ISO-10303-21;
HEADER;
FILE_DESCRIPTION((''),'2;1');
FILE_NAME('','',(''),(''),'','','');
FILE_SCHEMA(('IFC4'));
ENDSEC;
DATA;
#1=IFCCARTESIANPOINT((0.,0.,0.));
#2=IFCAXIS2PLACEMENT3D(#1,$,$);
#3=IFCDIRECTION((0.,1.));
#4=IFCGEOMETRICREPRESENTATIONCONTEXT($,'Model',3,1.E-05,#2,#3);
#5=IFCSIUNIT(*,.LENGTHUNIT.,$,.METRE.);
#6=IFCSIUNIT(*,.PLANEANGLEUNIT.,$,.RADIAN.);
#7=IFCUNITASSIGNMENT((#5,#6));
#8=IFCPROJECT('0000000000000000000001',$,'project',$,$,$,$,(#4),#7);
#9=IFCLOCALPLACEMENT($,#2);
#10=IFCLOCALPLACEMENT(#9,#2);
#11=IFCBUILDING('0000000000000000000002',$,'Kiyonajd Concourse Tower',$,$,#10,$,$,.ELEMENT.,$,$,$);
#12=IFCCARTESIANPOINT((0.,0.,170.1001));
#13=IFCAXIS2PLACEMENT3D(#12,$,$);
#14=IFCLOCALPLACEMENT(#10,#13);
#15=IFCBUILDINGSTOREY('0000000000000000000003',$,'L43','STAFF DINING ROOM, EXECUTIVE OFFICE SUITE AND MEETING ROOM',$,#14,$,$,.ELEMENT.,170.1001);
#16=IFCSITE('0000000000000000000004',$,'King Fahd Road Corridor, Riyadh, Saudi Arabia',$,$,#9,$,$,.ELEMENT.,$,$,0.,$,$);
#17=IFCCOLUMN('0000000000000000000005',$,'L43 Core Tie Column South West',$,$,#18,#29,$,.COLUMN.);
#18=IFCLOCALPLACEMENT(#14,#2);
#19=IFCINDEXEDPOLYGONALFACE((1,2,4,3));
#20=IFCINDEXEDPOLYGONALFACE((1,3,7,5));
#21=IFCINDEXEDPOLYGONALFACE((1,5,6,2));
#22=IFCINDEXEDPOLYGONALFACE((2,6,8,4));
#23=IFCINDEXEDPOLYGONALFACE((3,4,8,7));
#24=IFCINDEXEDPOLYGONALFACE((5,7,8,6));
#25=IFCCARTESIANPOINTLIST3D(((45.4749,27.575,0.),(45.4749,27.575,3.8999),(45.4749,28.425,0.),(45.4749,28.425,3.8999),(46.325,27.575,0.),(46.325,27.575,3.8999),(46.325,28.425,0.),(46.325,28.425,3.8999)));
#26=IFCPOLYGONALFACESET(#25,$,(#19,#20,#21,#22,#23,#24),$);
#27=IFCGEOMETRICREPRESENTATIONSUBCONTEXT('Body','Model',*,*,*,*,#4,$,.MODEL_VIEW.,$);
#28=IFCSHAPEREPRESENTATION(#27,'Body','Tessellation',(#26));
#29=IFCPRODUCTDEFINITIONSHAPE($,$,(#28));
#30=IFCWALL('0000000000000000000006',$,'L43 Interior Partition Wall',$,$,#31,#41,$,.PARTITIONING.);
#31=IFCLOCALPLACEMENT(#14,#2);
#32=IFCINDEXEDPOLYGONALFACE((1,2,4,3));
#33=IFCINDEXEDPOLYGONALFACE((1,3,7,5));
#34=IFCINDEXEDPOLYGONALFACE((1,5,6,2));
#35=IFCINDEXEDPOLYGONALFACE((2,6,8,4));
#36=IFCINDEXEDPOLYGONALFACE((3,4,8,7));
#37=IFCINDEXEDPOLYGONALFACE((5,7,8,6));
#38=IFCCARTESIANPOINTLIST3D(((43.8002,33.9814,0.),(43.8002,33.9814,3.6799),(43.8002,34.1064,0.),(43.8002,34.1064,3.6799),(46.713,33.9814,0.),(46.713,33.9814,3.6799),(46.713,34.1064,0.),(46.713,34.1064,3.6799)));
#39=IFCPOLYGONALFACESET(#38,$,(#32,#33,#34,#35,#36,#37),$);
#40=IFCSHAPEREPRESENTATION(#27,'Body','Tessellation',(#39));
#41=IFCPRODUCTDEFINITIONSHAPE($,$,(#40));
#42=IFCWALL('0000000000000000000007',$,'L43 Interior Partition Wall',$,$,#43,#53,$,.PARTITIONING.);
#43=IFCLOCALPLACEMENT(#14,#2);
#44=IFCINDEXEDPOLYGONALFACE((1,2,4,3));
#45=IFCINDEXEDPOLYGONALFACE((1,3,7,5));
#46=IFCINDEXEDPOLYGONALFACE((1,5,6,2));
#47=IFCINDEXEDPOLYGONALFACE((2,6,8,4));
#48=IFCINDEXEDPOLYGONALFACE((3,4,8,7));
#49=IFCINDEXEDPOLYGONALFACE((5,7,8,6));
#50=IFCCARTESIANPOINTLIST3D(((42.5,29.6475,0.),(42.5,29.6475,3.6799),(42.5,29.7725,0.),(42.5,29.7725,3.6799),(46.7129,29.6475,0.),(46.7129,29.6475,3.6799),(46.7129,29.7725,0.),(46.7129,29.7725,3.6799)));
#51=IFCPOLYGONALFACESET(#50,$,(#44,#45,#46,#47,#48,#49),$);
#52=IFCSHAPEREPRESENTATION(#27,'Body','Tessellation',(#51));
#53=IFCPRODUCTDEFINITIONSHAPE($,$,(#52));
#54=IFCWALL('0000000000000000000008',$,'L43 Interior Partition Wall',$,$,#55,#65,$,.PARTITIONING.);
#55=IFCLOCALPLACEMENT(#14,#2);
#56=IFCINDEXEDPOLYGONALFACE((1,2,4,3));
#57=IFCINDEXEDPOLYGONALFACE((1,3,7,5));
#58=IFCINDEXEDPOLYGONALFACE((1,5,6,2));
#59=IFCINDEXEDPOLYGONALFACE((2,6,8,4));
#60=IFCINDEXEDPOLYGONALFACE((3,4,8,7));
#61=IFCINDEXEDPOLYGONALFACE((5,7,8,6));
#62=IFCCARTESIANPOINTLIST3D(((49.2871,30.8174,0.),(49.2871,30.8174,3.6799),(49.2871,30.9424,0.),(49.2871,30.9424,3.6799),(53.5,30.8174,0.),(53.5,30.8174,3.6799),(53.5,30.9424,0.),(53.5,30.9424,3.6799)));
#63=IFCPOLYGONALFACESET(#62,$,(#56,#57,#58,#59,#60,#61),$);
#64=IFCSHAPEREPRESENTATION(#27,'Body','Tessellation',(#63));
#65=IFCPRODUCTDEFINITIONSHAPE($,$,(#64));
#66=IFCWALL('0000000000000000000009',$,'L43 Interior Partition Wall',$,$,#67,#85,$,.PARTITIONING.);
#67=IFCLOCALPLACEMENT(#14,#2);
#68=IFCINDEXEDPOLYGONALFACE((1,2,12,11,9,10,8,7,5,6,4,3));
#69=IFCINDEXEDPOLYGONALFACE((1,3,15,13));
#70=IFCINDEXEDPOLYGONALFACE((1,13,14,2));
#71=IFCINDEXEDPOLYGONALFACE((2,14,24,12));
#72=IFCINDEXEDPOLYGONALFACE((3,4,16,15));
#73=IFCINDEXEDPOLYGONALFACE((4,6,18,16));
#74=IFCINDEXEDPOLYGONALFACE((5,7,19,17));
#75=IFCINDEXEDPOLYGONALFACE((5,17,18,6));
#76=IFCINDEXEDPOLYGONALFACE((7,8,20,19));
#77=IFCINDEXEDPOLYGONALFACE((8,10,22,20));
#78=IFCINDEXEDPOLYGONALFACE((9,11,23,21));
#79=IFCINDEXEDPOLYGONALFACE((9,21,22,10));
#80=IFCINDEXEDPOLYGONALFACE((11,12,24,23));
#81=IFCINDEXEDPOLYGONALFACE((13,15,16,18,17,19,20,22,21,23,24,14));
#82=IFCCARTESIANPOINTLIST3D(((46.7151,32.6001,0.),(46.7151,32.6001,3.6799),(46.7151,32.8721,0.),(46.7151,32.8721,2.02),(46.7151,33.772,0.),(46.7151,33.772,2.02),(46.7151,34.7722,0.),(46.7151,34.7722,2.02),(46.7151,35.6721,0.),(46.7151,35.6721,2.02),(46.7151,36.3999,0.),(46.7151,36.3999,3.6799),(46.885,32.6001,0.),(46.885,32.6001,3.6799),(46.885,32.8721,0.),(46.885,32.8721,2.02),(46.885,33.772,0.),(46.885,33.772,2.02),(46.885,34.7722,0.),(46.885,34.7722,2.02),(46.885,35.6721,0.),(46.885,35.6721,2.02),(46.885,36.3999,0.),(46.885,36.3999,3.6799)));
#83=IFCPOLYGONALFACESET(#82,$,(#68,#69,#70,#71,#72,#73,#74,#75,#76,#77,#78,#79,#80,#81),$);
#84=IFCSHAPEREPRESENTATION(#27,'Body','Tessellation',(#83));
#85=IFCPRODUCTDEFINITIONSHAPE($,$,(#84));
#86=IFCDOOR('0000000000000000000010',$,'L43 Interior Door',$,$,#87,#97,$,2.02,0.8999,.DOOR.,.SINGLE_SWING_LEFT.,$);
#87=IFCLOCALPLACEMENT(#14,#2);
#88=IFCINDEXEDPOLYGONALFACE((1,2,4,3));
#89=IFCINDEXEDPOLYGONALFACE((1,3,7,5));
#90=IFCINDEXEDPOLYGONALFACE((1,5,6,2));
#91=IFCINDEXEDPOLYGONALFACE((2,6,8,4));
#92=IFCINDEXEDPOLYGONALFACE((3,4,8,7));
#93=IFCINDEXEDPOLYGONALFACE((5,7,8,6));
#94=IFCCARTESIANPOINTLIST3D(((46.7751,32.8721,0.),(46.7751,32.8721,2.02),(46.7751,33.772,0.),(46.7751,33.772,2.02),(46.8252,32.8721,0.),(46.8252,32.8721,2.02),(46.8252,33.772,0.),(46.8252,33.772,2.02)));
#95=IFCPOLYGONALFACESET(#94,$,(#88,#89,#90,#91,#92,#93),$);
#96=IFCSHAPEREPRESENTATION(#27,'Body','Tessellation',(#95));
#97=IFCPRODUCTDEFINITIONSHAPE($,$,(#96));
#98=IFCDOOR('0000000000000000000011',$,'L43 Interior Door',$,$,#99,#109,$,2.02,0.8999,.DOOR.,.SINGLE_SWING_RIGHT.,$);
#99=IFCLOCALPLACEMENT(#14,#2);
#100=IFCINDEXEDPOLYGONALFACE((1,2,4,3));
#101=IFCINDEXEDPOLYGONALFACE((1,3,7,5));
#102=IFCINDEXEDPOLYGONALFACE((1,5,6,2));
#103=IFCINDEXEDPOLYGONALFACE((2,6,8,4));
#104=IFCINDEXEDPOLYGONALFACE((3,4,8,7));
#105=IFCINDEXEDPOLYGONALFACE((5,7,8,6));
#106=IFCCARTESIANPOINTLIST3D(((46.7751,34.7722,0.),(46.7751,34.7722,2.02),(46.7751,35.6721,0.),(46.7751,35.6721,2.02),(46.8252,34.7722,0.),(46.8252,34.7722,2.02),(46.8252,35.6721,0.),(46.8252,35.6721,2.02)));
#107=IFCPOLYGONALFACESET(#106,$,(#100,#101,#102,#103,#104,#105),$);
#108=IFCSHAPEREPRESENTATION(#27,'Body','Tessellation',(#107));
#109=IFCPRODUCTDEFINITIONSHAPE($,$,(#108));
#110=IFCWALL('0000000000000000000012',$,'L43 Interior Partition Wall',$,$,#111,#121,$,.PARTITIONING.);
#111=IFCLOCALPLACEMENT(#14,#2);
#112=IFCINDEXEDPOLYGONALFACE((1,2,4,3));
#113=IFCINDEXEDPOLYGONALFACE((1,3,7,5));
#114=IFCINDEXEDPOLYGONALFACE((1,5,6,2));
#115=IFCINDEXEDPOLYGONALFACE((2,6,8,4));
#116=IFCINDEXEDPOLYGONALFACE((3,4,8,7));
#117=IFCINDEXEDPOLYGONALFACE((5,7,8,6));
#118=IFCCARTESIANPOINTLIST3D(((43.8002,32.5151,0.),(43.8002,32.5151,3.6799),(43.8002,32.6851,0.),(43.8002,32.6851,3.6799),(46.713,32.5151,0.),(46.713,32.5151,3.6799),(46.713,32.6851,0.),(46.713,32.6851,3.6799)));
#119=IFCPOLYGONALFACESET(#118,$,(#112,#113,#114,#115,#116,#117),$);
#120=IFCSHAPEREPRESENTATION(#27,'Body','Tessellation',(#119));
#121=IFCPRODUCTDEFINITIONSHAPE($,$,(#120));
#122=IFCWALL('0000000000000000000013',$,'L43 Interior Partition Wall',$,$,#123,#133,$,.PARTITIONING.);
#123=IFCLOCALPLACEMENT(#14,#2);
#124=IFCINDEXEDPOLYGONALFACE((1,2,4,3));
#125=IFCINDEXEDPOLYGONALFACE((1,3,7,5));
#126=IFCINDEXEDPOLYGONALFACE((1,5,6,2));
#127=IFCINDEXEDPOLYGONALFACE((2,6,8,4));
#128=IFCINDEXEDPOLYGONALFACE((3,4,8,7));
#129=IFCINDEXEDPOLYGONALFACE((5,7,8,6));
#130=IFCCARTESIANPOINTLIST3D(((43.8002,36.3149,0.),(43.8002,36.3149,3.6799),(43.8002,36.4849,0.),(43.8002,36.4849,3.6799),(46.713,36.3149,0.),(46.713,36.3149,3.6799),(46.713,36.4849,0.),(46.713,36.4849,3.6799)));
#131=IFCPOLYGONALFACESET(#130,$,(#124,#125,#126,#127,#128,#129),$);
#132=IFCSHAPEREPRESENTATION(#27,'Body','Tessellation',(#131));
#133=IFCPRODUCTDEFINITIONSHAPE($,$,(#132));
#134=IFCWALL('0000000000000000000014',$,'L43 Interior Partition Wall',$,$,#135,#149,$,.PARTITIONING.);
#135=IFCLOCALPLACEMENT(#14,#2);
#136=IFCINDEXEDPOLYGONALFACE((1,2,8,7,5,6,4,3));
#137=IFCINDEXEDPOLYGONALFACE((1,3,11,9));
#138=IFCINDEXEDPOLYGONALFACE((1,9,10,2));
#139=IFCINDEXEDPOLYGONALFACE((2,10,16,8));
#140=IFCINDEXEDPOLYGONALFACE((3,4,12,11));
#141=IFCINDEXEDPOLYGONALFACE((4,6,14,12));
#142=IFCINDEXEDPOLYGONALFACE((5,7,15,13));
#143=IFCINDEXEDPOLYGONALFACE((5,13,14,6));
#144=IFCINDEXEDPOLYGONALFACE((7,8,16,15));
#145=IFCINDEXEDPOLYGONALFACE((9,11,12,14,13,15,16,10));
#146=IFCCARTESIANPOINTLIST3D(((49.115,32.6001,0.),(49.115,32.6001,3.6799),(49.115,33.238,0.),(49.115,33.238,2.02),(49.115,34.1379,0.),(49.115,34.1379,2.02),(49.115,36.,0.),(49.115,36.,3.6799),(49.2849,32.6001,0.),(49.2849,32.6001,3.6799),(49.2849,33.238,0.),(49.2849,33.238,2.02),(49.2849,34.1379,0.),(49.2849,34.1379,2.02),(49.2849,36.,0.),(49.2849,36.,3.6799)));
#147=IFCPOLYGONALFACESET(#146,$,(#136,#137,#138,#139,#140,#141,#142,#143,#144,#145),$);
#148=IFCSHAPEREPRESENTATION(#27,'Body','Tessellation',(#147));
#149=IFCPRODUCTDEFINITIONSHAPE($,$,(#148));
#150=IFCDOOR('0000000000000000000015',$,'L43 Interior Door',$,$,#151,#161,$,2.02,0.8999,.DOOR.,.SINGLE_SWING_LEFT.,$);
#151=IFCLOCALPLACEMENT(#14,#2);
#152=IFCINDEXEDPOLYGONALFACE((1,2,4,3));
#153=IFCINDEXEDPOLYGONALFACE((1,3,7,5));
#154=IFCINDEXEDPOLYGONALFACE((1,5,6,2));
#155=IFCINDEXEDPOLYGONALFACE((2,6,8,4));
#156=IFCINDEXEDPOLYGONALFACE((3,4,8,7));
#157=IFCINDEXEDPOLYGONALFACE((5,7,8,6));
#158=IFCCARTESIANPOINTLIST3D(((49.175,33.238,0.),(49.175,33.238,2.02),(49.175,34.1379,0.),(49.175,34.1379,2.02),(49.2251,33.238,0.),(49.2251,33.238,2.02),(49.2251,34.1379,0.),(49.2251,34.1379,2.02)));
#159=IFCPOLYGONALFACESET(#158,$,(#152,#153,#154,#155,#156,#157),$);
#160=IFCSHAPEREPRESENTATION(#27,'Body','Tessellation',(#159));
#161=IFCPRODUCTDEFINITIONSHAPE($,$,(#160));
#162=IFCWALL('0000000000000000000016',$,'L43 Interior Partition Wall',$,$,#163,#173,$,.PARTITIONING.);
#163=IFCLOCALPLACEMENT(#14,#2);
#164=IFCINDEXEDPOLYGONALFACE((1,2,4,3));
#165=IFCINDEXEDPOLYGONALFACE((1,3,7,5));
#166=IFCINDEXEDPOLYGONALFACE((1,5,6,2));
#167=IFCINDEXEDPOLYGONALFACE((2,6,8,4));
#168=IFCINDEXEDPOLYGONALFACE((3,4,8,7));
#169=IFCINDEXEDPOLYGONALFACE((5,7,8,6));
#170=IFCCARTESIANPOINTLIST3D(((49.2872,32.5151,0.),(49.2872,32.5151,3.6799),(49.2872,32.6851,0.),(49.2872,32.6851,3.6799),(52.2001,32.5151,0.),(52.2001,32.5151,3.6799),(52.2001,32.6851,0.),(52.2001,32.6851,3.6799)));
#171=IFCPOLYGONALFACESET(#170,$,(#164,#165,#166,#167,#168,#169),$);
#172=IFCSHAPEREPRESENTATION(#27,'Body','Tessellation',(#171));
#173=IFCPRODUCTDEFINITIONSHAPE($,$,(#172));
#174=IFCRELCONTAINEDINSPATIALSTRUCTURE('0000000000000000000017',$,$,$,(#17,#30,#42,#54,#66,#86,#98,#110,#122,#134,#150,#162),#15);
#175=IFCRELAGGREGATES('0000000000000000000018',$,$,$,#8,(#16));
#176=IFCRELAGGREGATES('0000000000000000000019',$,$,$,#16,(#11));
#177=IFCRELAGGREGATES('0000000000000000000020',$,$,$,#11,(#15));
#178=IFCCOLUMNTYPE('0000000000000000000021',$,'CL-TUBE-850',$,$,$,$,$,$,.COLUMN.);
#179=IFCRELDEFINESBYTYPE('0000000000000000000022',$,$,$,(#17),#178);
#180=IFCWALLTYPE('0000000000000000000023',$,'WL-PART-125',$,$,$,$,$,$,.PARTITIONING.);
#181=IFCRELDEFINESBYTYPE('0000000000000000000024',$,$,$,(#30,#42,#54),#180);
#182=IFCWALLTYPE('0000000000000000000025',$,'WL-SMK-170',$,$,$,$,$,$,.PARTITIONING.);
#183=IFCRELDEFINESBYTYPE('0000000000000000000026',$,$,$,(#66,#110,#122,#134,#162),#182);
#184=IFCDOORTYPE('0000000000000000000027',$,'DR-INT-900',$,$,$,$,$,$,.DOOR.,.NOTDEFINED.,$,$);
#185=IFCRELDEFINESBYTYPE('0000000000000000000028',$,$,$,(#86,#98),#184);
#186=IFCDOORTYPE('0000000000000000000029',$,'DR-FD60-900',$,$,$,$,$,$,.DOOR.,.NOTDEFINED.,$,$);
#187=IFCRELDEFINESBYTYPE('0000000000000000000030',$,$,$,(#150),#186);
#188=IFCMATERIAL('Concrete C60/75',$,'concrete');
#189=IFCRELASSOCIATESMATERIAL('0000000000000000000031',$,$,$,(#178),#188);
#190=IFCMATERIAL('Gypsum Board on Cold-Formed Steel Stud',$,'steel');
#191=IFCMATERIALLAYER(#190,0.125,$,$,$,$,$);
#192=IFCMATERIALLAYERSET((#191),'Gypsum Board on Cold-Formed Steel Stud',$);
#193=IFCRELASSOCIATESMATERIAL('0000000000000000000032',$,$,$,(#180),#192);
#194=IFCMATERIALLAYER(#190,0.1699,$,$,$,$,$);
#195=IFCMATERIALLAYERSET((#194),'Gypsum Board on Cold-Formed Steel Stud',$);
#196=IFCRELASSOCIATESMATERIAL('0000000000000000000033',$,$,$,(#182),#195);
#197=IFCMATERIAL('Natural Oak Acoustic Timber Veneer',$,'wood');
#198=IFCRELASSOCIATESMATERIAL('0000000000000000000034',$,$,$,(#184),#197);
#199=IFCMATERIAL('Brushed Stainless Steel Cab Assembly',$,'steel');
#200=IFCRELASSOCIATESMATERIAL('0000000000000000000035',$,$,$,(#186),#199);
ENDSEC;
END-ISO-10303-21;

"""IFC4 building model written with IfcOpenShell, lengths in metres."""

from ifc_helpers import new_model, si_unit, direction, frame, frame_2d, origin, origin_2d, place, context, subcontext, project, spatial, rectangle, extrude, material, layer, layer_set, material_profile, profile_set, type_object, element, fill, save


model = new_model("IFC4")

# Units and contexts
model_context = context("Model", 3, precision=1e-05, world=origin(), true_north=direction((0.0, 1.0)))
body_context = subcontext(model_context, "Body", "Model", "MODEL_VIEW")
ifc_project = project(units=[si_unit("LENGTHUNIT", "METRE"), si_unit("PLANEANGLEUNIT", "RADIAN")], contexts=[model_context])

# Site, building, storey
site_placement = place(None, origin())
site = spatial("IfcSite", under=ifc_project, at=site_placement, Name="King Fahd Road Corridor, Riyadh, Saudi Arabia", CompositionType="ELEMENT", RefElevation=0.0)
building_placement = place(site_placement, origin())
building = spatial("IfcBuilding", under=site, at=building_placement, Name="Kiyonajd Concourse Tower", CompositionType="ELEMENT")
storey_placement = place(building_placement, frame((0.0, 0.0, 170.1001)))
storey = spatial("IfcBuildingStorey", under=building, at=storey_placement, Name="L43", Description="STAFF DINING ROOM, EXECUTIVE OFFICE SUITE AND MEETING ROOM", CompositionType="ELEMENT", Elevation=170.1001)

# Column
ifc_material_1 = material(Name="Concrete C60/75", Category="concrete")
ifc_material_profile = material_profile(ifc_material_1, rectangle(XDim=0.8501, YDim=0.8501, at=origin_2d()), Name="RC-850x850")
ifc_profile_set = profile_set([ifc_material_profile], Name="Concrete C60/75")
column_type = type_object("IfcColumnType", Name="CL-TUBE-850", PredefinedType="COLUMN", material=ifc_profile_set)
column_placement = place(storey_placement, frame((45.8999, 28.0, 0.0), z_axis=(0.0, 0.0, 1.0), x_axis=(1.0, 0.0, 0.0)))
element("IfcColumn", 1, at=column_placement, inside=storey, type_object=column_type, Name="L43 Core Tie Column South West", PredefinedType="COLUMN", context=body_context, shape_type="SweptSolid", body=[
    extrude(rectangle(XDim=0.8501, YDim=0.8501, at=origin_2d()), origin(), (0.0, 0.0, 1.0), 3.8999),
])

# Walls
ifc_material_2 = material(Name="Gypsum Board on Cold-Formed Steel Stud", Category="steel")
ifc_layer_1 = layer(ifc_material_2, 0.125)
ifc_layer_set_1 = layer_set([ifc_layer_1], Name="Gypsum Board on Cold-Formed Steel Stud")
wall_type_1 = type_object("IfcWallType", Name="WL-PART-125", PredefinedType="PARTITIONING", material=ifc_layer_set_1)
wall_1_placement = place(storey_placement, frame((43.8, 34.0439, 0.0), z_axis=(0.0, 0.0, 1.0), x_axis=(1.0, 0.0, 0.0)))
element("IfcWall", 2, at=wall_1_placement, inside=storey, type_object=wall_type_1, Name="L43 Interior Partition Wall", PredefinedType="PARTITIONING", context=body_context, shape_type="SweptSolid", body=[
    extrude(rectangle(XDim=2.9128, YDim=0.125, at=frame_2d((1.4565, 0.0))), origin(), (0.0, 0.0, 1.0), 3.6799),
])
for number, where, z_axis, x_axis, name in (
    (3, (42.5, 29.71, 0.0), (0.0, 0.0, 1.0), (1.0, 0.0, 0.0), "L43 Interior Partition Wall"),
    (4, (49.2871, 30.8799, 0.0), (0.0, 0.0, 1.0), (1.0, 0.0, 0.0), "L43 Interior Partition Wall"),
):
    element("IfcWall", number, at=place(storey_placement, frame(where, z_axis=z_axis, x_axis=x_axis)), inside=storey, type_object=wall_type_1, Name=name, PredefinedType="PARTITIONING", context=body_context, shape_type="SweptSolid", body=[
        extrude(rectangle(XDim=4.2129, YDim=0.125, at=frame_2d((2.1064, 0.0))), origin(), (0.0, 0.0, 1.0), 3.6799),
    ])

# Wall, openings, doors
ifc_layer_2 = layer(ifc_material_2, 0.1699)
ifc_layer_set_2 = layer_set([ifc_layer_2], Name="Gypsum Board on Cold-Formed Steel Stud")
wall_type_2 = type_object("IfcWallType", Name="WL-SMK-170", PredefinedType="PARTITIONING", material=ifc_layer_set_2)
wall_2_placement = place(storey_placement, frame((46.8, 32.6001, 0.0), z_axis=(0.0, 0.0, 1.0), x_axis=(0.0, 1.0, 0.0)))
wall_2 = element("IfcWall", 5, at=wall_2_placement, inside=storey, type_object=wall_type_2, Name="L43 Interior Partition Wall", PredefinedType="PARTITIONING", context=body_context, shape_type="SweptSolid", body=[
    extrude(rectangle(XDim=3.7998, YDim=0.1699, at=frame_2d((1.8999, 0.0))), origin(), (0.0, 0.0, 1.0), 3.6799),
])
opening_1_placement = place(wall_2_placement, frame((0.272, 0.0, 0.0)))
opening_1 = element("IfcOpeningElement", 6, at=opening_1_placement, cuts=wall_2, PredefinedType="OPENING", context=body_context, shape_type="SweptSolid", body=[
    extrude(rectangle(XDim=0.8999, YDim=2.02, at=frame_2d((0.45, 1.01))), frame((0.0, 0.095, 0.0), z_axis=(0.0, -1.0, 0.0), x_axis=(1.0, 0.0, 0.0)), (0.0, 0.0, 1.0), 0.1899),
])
opening_2_placement = place(wall_2_placement, frame((2.1721, 0.0, 0.0)))
opening_2 = element("IfcOpeningElement", 7, at=opening_2_placement, cuts=wall_2, PredefinedType="OPENING", context=body_context, shape_type="SweptSolid", body=[
    extrude(rectangle(XDim=0.8999, YDim=2.02, at=frame_2d((0.45, 1.01))), frame((0.0, 0.095, 0.0), z_axis=(0.0, -1.0, 0.0), x_axis=(1.0, 0.0, 0.0)), (0.0, 0.0, 1.0), 0.1899),
])
ifc_material_3 = material(Name="Natural Oak Acoustic Timber Veneer", Category="wood")
door_type_1 = type_object("IfcDoorType", Name="DR-INT-900", OperationType="NOTDEFINED", PredefinedType="DOOR", material=ifc_material_3)
door_1_placement = place(opening_1_placement, origin())
door_1 = element("IfcDoor", 8, at=door_1_placement, inside=storey, type_object=door_type_1, Name="L43 Interior Door", OperationType="SINGLE_SWING_LEFT", OverallHeight=2.02, OverallWidth=0.8999, PredefinedType="DOOR", context=body_context, shape_type="SweptSolid", body=[
    extrude(rectangle(XDim=0.8999, YDim=2.02, at=frame_2d((0.45, 1.01))), frame((0.0, 0.0249, 0.0), z_axis=(0.0, -1.0, 0.0), x_axis=(1.0, 0.0, 0.0)), (0.0, 0.0, 1.0), 0.05),
])
fill(opening_1, door_1)
door_2_placement = place(opening_2_placement, origin())
door_2 = element("IfcDoor", 9, at=door_2_placement, inside=storey, type_object=door_type_1, Name="L43 Interior Door", OperationType="SINGLE_SWING_RIGHT", OverallHeight=2.02, OverallWidth=0.8999, PredefinedType="DOOR", context=body_context, shape_type="SweptSolid", body=[
    extrude(rectangle(XDim=0.8999, YDim=2.02, at=frame_2d((0.45, 1.01))), frame((0.0, 0.0249, 0.0), z_axis=(0.0, -1.0, 0.0), x_axis=(1.0, 0.0, 0.0)), (0.0, 0.0, 1.0), 0.05),
])
fill(opening_2, door_2)

# Walls
for number, where, z_axis, x_axis, name in (
    (10, (43.8, 32.6001, 0.0), (0.0, 0.0, 1.0), (1.0, 0.0, 0.0), "L43 Interior Partition Wall"),
    (11, (43.8, 36.3999, 0.0), (0.0, 0.0, 1.0), (1.0, 0.0, 0.0), "L43 Interior Partition Wall"),
):
    element("IfcWall", number, at=place(storey_placement, frame(where, z_axis=z_axis, x_axis=x_axis)), inside=storey, type_object=wall_type_2, Name=name, PredefinedType="PARTITIONING", context=body_context, shape_type="SweptSolid", body=[
        extrude(rectangle(XDim=2.9128, YDim=0.1699, at=frame_2d((1.4565, 0.0))), origin(), (0.0, 0.0, 1.0), 3.6799),
    ])

# Wall, opening, door
wall_3_placement = place(storey_placement, frame((49.2, 32.6001, 0.0), z_axis=(0.0, 0.0, 1.0), x_axis=(0.0, 1.0, 0.0)))
wall_3 = element("IfcWall", 12, at=wall_3_placement, inside=storey, type_object=wall_type_2, Name="L43 Interior Partition Wall", PredefinedType="PARTITIONING", context=body_context, shape_type="SweptSolid", body=[
    extrude(rectangle(XDim=3.3999, YDim=0.1699, at=frame_2d((1.7, 0.0))), origin(), (0.0, 0.0, 1.0), 3.6799),
])
opening_3_placement = place(wall_3_placement, frame((0.6379, 0.0, 0.0)))
opening_3 = element("IfcOpeningElement", 13, at=opening_3_placement, cuts=wall_3, PredefinedType="OPENING", context=body_context, shape_type="SweptSolid", body=[
    extrude(rectangle(XDim=0.8999, YDim=2.02, at=frame_2d((0.45, 1.01))), frame((0.0, 0.095, 0.0), z_axis=(0.0, -1.0, 0.0), x_axis=(1.0, 0.0, 0.0)), (0.0, 0.0, 1.0), 0.1899),
])
ifc_material_4 = material(Name="Brushed Stainless Steel Cab Assembly", Category="steel")
door_type_2 = type_object("IfcDoorType", Name="DR-FD60-900", OperationType="NOTDEFINED", PredefinedType="DOOR", material=ifc_material_4)
door_3_placement = place(opening_3_placement, origin())
door_3 = element("IfcDoor", 14, at=door_3_placement, inside=storey, type_object=door_type_2, Name="L43 Interior Door", OperationType="SINGLE_SWING_LEFT", OverallHeight=2.02, OverallWidth=0.8999, PredefinedType="DOOR", context=body_context, shape_type="SweptSolid", body=[
    extrude(rectangle(XDim=0.8999, YDim=2.02, at=frame_2d((0.45, 1.01))), frame((0.0, 0.0249, 0.0), z_axis=(0.0, -1.0, 0.0), x_axis=(1.0, 0.0, 0.0)), (0.0, 0.0, 1.0), 0.05),
])
fill(opening_3, door_3)

# Wall
wall_4_placement = place(storey_placement, frame((49.2871, 32.6001, 0.0), z_axis=(0.0, 0.0, 1.0), x_axis=(1.0, 0.0, 0.0)))
element("IfcWall", 15, at=wall_4_placement, inside=storey, type_object=wall_type_2, Name="L43 Interior Partition Wall", PredefinedType="PARTITIONING", context=body_context, shape_type="SweptSolid", body=[
    extrude(rectangle(XDim=2.9128, YDim=0.1699, at=frame_2d((1.4565, 0.0))), origin(), (0.0, 0.0, 1.0), 3.6799),
])

save(model, "model.ifc")
